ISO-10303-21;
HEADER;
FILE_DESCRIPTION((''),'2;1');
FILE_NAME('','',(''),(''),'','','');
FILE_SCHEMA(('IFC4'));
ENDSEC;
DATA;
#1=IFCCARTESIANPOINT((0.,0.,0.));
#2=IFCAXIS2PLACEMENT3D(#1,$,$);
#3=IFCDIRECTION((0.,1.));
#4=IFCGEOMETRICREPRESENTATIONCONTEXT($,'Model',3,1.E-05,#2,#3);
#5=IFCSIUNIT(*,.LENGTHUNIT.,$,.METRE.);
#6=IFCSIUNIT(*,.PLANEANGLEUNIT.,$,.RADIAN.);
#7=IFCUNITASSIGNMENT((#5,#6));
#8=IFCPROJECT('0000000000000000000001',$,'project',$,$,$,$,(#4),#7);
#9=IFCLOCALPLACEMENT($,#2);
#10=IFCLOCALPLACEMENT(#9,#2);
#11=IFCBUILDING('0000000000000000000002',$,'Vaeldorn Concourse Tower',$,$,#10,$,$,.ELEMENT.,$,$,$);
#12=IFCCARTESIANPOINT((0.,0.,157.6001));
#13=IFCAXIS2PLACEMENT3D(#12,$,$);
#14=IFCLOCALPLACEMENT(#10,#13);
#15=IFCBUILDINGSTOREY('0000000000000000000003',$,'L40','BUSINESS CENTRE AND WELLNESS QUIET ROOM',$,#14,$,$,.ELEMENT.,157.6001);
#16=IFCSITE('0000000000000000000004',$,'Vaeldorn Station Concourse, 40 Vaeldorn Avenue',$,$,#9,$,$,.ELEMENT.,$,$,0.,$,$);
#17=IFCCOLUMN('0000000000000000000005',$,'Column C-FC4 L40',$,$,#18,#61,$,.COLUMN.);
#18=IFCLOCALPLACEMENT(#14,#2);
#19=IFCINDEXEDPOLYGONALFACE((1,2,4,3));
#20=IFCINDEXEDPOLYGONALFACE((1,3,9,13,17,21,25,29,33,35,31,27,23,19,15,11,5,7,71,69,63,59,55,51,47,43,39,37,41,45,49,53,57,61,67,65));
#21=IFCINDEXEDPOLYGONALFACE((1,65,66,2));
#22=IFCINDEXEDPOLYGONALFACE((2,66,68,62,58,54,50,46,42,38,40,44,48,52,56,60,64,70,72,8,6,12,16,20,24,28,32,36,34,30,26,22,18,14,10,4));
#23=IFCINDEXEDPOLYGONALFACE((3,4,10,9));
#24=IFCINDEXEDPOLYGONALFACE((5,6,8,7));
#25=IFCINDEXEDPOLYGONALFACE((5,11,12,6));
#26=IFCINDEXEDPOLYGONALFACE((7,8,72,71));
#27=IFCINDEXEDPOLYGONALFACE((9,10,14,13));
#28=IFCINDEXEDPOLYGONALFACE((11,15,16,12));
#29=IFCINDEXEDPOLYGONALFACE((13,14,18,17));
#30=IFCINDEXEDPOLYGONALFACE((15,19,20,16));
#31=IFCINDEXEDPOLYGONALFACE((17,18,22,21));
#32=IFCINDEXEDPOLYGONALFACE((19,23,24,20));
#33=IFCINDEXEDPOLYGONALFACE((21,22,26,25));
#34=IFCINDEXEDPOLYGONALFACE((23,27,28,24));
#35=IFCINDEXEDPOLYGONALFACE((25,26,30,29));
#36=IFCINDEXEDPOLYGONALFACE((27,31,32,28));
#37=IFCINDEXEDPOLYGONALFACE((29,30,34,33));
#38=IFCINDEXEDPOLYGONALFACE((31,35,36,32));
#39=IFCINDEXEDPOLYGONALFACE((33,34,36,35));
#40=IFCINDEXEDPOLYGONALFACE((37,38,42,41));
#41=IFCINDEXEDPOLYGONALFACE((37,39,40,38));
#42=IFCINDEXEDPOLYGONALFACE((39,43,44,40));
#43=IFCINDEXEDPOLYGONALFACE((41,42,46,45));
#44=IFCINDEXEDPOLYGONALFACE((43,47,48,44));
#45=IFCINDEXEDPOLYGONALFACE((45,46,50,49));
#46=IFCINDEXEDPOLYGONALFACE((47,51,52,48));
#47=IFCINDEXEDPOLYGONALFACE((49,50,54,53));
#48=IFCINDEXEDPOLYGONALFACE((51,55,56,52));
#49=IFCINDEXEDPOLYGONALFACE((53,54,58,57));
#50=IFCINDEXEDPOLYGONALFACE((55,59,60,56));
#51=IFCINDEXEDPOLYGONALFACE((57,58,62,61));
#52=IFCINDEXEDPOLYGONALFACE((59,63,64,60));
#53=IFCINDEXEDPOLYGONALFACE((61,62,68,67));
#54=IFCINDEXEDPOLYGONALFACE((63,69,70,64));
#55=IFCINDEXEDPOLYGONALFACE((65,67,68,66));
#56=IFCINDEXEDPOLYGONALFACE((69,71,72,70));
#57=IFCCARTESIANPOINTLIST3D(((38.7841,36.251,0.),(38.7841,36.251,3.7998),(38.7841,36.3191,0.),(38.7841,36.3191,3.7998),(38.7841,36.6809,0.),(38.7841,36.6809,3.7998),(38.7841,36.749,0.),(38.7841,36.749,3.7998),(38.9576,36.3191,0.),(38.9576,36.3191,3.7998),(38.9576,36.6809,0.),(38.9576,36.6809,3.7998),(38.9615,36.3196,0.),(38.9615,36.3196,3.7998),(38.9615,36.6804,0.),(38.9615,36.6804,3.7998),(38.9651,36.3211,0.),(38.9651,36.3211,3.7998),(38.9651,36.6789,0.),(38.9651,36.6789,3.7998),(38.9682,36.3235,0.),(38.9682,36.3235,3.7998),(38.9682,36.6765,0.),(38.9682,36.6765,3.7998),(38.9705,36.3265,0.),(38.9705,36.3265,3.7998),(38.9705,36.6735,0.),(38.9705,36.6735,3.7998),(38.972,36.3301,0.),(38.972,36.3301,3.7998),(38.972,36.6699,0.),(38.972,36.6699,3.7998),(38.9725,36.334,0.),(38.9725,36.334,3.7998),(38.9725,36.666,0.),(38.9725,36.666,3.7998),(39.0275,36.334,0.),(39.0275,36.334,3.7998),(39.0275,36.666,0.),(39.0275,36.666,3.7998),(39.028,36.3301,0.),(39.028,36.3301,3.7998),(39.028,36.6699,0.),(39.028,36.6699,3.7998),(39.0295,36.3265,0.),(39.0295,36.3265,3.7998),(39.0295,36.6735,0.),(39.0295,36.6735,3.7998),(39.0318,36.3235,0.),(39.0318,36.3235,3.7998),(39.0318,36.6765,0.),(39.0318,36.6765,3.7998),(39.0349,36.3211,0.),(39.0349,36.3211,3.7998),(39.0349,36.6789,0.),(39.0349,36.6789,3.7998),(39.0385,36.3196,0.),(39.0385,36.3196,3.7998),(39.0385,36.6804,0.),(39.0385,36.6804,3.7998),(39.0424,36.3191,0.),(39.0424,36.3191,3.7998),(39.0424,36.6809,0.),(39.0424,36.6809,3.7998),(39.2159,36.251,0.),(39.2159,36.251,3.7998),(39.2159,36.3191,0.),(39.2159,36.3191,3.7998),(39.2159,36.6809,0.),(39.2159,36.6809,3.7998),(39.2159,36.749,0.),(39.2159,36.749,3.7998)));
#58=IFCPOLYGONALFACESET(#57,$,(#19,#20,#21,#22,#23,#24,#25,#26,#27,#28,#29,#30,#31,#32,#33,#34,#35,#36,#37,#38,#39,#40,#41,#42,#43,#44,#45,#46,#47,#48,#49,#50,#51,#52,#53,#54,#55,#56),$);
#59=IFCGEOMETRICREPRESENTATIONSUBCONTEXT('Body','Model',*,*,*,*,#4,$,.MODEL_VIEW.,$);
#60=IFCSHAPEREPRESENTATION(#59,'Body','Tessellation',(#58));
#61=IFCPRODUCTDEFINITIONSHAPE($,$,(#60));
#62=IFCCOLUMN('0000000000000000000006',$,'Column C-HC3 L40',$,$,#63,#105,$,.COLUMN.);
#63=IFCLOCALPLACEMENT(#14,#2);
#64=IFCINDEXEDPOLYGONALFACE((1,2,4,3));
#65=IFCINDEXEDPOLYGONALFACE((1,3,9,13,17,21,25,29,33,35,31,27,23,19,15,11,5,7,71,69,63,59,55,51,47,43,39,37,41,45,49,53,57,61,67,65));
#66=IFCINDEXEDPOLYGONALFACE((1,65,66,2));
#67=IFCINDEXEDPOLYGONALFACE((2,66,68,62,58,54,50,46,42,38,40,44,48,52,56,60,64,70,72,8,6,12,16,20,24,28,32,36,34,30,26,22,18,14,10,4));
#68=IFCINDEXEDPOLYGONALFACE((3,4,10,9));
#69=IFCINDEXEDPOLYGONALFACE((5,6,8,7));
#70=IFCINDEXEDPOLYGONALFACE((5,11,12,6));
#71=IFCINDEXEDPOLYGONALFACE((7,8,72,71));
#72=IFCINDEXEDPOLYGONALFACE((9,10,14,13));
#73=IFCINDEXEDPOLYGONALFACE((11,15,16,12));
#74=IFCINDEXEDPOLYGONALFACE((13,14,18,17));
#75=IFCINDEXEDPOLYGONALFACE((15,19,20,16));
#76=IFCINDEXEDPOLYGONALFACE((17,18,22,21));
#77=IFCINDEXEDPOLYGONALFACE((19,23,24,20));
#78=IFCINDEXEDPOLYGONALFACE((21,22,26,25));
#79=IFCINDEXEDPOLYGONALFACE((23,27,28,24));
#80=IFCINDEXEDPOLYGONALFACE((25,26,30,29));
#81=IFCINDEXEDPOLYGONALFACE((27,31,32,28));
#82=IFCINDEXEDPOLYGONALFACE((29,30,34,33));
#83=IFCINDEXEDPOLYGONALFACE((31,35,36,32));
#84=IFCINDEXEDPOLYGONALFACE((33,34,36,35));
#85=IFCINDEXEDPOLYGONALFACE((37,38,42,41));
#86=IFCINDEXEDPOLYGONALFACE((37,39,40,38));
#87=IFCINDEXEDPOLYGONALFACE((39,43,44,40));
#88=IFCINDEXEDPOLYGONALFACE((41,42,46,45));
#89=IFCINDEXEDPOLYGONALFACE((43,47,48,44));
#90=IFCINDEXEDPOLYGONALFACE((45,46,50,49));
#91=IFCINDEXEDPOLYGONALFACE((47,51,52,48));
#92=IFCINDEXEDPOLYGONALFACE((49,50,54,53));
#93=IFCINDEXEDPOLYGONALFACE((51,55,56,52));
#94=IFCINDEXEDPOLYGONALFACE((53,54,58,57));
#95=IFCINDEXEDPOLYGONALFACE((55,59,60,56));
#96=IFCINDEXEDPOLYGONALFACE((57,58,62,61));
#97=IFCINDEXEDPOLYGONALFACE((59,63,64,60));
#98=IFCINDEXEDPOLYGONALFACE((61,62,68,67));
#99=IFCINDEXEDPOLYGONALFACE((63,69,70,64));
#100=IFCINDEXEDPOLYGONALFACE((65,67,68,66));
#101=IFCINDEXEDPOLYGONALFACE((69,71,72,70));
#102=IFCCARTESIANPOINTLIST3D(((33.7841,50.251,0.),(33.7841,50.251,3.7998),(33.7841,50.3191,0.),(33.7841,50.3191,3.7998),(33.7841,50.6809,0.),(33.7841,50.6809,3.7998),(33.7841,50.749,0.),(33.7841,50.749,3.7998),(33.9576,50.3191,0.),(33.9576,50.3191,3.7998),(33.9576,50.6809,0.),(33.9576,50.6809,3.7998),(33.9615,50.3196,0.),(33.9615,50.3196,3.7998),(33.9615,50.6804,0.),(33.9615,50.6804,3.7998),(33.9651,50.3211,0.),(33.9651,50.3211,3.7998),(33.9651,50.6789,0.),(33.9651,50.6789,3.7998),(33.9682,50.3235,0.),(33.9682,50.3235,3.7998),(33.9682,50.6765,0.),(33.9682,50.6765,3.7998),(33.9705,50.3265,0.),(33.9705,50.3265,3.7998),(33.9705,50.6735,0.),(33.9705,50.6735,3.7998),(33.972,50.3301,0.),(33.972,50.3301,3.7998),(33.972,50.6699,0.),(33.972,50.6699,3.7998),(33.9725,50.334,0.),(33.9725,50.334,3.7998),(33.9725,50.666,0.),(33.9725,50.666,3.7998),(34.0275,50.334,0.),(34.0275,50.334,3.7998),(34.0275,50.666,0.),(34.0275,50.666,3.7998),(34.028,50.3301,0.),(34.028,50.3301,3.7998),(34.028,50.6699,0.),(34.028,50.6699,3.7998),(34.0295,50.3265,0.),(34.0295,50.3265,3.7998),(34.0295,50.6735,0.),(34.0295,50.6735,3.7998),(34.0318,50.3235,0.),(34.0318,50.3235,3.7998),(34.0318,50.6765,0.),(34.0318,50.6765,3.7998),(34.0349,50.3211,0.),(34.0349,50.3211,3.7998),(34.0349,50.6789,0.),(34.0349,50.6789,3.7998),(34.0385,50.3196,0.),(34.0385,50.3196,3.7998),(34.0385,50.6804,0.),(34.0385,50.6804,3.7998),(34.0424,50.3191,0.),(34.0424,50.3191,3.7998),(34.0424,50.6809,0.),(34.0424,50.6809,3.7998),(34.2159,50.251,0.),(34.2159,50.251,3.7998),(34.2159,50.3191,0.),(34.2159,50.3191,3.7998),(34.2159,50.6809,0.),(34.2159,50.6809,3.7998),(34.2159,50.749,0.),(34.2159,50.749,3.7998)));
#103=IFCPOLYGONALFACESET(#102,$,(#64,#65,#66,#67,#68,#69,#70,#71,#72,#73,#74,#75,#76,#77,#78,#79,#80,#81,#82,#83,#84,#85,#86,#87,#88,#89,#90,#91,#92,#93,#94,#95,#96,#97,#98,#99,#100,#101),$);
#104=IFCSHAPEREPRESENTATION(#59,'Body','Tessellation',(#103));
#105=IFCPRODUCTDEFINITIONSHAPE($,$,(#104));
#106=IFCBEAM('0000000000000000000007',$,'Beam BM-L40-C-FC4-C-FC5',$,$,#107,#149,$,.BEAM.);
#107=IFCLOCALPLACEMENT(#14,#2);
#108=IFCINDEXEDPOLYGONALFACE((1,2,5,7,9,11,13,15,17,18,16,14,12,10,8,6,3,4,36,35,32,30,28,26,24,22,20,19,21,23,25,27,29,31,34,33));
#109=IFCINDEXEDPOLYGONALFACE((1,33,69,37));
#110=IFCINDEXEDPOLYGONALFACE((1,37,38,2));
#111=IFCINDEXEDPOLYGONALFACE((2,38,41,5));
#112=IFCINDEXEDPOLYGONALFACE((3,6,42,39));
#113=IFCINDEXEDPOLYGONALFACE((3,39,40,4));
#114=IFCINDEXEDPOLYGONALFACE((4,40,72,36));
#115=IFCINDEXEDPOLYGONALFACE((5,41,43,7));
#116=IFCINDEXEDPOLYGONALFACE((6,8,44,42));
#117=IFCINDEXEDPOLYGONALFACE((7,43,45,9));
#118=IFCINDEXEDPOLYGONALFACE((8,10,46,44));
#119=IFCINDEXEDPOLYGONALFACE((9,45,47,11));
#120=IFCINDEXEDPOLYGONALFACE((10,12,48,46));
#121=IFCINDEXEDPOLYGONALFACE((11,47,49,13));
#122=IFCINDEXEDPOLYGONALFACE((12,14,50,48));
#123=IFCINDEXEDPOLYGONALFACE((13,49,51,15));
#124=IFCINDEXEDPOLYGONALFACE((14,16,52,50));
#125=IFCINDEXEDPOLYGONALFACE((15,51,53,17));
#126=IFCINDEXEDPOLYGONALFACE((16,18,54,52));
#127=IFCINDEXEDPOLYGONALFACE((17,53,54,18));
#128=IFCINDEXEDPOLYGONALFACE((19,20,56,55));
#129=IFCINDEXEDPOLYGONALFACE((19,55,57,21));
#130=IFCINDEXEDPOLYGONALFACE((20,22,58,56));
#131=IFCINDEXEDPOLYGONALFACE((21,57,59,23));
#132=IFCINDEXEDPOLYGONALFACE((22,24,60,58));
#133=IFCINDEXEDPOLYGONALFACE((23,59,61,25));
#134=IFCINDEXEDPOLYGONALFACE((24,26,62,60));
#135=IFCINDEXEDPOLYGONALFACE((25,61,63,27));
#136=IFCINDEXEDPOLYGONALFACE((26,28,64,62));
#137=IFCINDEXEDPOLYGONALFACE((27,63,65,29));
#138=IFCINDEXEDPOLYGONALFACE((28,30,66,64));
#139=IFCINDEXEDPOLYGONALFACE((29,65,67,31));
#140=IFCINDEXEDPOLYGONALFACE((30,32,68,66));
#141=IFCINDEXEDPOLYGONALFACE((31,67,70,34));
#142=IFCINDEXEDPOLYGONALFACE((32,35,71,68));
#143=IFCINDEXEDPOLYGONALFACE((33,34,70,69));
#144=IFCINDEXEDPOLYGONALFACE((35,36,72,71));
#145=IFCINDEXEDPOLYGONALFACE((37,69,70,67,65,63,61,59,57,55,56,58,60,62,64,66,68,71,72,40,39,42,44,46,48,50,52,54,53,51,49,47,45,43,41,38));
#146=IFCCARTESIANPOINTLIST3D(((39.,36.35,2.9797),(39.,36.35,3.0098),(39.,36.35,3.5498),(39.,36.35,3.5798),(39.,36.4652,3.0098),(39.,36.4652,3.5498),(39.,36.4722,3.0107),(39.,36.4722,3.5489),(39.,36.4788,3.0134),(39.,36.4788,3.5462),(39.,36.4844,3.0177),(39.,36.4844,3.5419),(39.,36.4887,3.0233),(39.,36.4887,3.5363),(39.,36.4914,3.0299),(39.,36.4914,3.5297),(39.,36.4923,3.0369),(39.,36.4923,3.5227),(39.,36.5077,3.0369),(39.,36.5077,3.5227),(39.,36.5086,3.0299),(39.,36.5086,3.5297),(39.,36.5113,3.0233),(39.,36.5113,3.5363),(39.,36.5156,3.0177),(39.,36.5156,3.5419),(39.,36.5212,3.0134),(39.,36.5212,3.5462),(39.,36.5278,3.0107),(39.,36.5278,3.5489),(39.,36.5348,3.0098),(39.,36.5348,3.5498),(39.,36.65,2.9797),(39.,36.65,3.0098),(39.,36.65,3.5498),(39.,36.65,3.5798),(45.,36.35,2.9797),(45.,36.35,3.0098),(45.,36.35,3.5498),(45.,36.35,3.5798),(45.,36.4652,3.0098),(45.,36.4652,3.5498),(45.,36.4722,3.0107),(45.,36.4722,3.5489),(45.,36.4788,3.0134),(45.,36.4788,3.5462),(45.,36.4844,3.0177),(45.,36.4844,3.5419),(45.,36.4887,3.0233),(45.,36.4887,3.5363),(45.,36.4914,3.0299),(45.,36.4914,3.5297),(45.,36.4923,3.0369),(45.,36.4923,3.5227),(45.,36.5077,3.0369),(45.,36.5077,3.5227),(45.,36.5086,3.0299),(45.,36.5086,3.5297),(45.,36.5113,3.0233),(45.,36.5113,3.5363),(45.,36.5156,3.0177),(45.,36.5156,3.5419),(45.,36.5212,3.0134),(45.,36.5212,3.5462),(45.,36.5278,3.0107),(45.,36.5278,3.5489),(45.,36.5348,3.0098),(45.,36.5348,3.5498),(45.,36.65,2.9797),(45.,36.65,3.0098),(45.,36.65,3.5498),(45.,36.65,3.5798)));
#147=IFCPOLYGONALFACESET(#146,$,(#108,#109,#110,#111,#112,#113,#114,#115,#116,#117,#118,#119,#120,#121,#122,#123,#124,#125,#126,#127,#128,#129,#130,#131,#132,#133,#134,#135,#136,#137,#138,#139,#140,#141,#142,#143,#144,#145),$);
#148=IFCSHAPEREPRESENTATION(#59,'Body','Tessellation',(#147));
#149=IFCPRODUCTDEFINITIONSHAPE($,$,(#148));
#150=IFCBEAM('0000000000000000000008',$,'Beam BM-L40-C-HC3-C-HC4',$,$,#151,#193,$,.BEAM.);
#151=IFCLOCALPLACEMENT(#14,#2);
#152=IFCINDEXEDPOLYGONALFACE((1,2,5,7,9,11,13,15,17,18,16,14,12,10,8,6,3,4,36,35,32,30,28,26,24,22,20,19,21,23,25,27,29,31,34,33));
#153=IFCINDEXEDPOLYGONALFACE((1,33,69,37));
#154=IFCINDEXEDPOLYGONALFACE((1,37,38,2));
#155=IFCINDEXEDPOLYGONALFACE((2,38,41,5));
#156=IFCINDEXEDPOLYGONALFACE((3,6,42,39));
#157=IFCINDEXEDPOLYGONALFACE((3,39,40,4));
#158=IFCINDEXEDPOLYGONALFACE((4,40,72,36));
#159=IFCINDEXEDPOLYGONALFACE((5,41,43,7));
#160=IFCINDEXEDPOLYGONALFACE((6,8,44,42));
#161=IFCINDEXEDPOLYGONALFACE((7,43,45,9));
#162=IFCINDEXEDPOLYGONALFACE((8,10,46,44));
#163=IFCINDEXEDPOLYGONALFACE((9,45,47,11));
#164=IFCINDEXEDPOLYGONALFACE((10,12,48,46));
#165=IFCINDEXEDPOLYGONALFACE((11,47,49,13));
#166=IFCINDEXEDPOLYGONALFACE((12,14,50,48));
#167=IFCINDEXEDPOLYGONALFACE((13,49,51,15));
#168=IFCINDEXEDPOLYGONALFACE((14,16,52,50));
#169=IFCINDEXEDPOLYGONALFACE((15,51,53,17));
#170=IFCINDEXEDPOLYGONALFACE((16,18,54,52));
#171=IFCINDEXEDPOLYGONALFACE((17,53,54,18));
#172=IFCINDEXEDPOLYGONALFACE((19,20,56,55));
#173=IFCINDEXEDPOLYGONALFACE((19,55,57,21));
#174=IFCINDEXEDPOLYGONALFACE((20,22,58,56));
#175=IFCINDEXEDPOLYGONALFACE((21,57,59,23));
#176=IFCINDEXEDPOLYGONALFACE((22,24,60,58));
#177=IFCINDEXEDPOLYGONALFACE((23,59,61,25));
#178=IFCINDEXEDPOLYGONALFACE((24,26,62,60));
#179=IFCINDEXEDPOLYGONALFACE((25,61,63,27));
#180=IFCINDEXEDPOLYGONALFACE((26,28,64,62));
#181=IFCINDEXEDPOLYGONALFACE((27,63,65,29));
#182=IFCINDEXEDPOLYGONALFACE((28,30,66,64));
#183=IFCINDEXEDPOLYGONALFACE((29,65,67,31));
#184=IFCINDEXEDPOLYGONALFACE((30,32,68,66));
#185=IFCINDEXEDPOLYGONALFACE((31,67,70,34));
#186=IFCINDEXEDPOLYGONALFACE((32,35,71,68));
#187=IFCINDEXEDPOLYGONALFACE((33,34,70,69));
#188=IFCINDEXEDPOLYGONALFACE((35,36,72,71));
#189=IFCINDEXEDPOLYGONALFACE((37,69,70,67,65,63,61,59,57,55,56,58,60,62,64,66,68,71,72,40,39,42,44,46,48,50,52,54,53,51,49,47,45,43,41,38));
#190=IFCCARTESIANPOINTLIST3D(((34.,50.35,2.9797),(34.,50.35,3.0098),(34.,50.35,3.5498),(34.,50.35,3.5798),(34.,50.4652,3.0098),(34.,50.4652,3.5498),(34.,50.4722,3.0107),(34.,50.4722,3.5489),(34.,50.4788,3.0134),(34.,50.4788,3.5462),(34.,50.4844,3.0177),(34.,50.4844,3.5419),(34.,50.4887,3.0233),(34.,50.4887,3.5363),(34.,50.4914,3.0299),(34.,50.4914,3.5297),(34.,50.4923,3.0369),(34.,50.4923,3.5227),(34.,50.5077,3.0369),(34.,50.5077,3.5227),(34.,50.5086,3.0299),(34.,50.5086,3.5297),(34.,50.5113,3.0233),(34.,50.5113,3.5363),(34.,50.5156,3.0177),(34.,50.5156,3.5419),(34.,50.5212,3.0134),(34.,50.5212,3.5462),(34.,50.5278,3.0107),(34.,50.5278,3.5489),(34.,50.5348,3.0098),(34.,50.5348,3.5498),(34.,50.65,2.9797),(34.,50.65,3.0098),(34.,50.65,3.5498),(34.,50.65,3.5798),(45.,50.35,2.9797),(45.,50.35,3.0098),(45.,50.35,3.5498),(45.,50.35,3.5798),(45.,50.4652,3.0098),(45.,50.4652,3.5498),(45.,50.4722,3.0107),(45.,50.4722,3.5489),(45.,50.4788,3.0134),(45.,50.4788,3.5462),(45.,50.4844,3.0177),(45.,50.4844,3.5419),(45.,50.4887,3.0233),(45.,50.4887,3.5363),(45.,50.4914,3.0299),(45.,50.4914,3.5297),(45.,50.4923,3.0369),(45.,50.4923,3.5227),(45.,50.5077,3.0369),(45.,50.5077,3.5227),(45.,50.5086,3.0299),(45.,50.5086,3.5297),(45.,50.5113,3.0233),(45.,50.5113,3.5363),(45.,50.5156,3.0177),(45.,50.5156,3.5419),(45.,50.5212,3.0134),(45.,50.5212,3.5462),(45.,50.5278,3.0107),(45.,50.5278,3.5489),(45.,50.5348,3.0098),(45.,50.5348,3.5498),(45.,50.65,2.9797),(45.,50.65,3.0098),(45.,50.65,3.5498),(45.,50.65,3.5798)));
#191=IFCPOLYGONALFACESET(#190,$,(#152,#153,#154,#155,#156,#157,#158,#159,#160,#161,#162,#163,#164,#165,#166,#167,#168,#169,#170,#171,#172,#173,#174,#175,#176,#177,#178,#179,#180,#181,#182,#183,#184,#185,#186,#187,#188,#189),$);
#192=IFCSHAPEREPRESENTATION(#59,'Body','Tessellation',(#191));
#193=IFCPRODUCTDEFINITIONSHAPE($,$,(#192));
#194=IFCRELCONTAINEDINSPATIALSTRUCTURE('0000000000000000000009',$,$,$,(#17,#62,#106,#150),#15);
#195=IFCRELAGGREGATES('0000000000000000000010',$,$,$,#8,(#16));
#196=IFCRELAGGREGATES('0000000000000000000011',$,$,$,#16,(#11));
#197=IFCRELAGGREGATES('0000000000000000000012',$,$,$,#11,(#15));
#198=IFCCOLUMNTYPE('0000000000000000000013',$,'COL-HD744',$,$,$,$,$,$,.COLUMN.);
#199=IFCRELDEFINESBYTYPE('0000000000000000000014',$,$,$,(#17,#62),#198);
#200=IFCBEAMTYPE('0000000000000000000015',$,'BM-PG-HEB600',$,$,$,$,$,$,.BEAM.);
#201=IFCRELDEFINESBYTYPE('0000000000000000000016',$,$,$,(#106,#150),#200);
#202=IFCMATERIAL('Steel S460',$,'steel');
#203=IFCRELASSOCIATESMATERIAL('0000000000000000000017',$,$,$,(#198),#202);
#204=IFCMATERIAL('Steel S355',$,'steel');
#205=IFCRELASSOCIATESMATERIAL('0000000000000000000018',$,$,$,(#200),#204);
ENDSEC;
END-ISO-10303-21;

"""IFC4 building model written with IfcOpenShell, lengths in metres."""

from ifc_helpers import new_model, si_unit, direction, frame, origin, origin_2d, place, context, subcontext, project, spatial, i_section, extrude, source, transform, mapped, material, material_profile, profile_set, type_object, element, save


model = new_model("IFC4")

# Units and contexts
model_context = context("Model", 3, precision=1e-05, world=origin(), true_north=direction((0.0, 1.0)))
body_context = subcontext(model_context, "Body", "Model", "MODEL_VIEW")
ifc_project = project(units=[si_unit("LENGTHUNIT", "METRE"), si_unit("PLANEANGLEUNIT", "RADIAN")], contexts=[model_context])

# Site, building, storey
site_placement = place(None, origin())
site = spatial("IfcSite", under=ifc_project, at=site_placement, Name="Vaeldorn Station Concourse, 40 Vaeldorn Avenue", CompositionType="ELEMENT", RefElevation=0.0)
building_placement = place(site_placement, origin())
building = spatial("IfcBuilding", under=site, at=building_placement, Name="Vaeldorn Concourse Tower", CompositionType="ELEMENT")
storey_placement = place(building_placement, frame((0.0, 0.0, 157.6001)))
storey = spatial("IfcBuildingStorey", under=building, at=storey_placement, Name="L40", Description="BUSINESS CENTRE AND WELLNESS QUIET ROOM", CompositionType="ELEMENT", Elevation=157.6001)

# Columns
ifc_material_1 = material(Name="Steel S460", Category="steel")
ifc_material_profile_1 = material_profile(ifc_material_1, i_section(OverallWidth=0.4319, OverallDepth=0.498, WebThickness=0.0549, FlangeThickness=0.0681, FilletRadius=0.0149, at=origin_2d()), Name="HD 400x744")
ifc_profile_set_1 = profile_set([ifc_material_profile_1], Name="Steel S460")
column_type = type_object("IfcColumnType", Name="COL-HD744", PredefinedType="COLUMN", material=ifc_profile_set_1)
shared_shape_1 = source(origin(), body_context, "Body", "SweptSolid", [
    extrude(i_section(OverallWidth=0.4319, OverallDepth=0.498, WebThickness=0.0549, FlangeThickness=0.0681, FilletRadius=0.0149, at=origin_2d()), origin(), (0.0, 0.0, 1.0), 3.7998),
])
for number, where, z_axis, x_axis, name in (
    (1, (39.0, 36.5, 0.0), (0.0, 0.0, 1.0), (1.0, 0.0, 0.0), "Column C-FC4 L40"),
    (2, (34.0, 50.5, 0.0), (0.0, 0.0, 1.0), (1.0, 0.0, 0.0), "Column C-HC3 L40"),
):
    element("IfcColumn", number, at=place(storey_placement, frame(where, z_axis=z_axis, x_axis=x_axis)), inside=storey, type_object=column_type, Name=name, PredefinedType="COLUMN", context=body_context, shape_type="MappedRepresentation", body=[
        mapped(shared_shape_1, transform((0.0, 0.0, 0.0), scale=1.0)),
    ])

# Beams
ifc_material_2 = material(Name="Steel S355", Category="steel")
ifc_material_profile_2 = material_profile(ifc_material_2, i_section(OverallWidth=0.3, OverallDepth=0.6001, WebThickness=0.0154, FlangeThickness=0.03, FilletRadius=0.0271, at=origin_2d()), Name="HEB 600")
ifc_profile_set_2 = profile_set([ifc_material_profile_2], Name="Steel S355")
beam_type = type_object("IfcBeamType", Name="BM-PG-HEB600", PredefinedType="BEAM", material=ifc_profile_set_2)
shared_shape_2 = source(origin(), body_context, "Body", "SweptSolid", [
    extrude(i_section(OverallWidth=0.3, OverallDepth=0.6001, WebThickness=0.0154, FlangeThickness=0.03, FilletRadius=0.0271, at=origin_2d()), origin(), (0.0, 0.0, 1.0), 6.0),
])
beam_1_placement = place(storey_placement, frame((39.0, 36.5, 3.2798), z_axis=(1.0, 0.0, 0.0), x_axis=(0.0, 1.0, 0.0)))
element("IfcBeam", 3, at=beam_1_placement, inside=storey, type_object=beam_type, Name="Beam BM-L40-C-FC4-C-FC5", PredefinedType="BEAM", context=body_context, shape_type="MappedRepresentation", body=[
    mapped(shared_shape_2, transform((0.0, 0.0, 0.0), scale=1.0)),
])
shared_shape_3 = source(origin(), body_context, "Body", "SweptSolid", [
    extrude(i_section(OverallWidth=0.3, OverallDepth=0.6001, WebThickness=0.0154, FlangeThickness=0.03, FilletRadius=0.0271, at=origin_2d()), origin(), (0.0, 0.0, 1.0), 11.0),
])
beam_2_placement = place(storey_placement, frame((34.0, 50.5, 3.2798), z_axis=(1.0, 0.0, 0.0), x_axis=(0.0, 1.0, 0.0)))
element("IfcBeam", 4, at=beam_2_placement, inside=storey, type_object=beam_type, Name="Beam BM-L40-C-HC3-C-HC4", PredefinedType="BEAM", context=body_context, shape_type="MappedRepresentation", body=[
    mapped(shared_shape_3, transform((0.0, 0.0, 0.0), scale=1.0)),
])

save(model, "model.ifc")
